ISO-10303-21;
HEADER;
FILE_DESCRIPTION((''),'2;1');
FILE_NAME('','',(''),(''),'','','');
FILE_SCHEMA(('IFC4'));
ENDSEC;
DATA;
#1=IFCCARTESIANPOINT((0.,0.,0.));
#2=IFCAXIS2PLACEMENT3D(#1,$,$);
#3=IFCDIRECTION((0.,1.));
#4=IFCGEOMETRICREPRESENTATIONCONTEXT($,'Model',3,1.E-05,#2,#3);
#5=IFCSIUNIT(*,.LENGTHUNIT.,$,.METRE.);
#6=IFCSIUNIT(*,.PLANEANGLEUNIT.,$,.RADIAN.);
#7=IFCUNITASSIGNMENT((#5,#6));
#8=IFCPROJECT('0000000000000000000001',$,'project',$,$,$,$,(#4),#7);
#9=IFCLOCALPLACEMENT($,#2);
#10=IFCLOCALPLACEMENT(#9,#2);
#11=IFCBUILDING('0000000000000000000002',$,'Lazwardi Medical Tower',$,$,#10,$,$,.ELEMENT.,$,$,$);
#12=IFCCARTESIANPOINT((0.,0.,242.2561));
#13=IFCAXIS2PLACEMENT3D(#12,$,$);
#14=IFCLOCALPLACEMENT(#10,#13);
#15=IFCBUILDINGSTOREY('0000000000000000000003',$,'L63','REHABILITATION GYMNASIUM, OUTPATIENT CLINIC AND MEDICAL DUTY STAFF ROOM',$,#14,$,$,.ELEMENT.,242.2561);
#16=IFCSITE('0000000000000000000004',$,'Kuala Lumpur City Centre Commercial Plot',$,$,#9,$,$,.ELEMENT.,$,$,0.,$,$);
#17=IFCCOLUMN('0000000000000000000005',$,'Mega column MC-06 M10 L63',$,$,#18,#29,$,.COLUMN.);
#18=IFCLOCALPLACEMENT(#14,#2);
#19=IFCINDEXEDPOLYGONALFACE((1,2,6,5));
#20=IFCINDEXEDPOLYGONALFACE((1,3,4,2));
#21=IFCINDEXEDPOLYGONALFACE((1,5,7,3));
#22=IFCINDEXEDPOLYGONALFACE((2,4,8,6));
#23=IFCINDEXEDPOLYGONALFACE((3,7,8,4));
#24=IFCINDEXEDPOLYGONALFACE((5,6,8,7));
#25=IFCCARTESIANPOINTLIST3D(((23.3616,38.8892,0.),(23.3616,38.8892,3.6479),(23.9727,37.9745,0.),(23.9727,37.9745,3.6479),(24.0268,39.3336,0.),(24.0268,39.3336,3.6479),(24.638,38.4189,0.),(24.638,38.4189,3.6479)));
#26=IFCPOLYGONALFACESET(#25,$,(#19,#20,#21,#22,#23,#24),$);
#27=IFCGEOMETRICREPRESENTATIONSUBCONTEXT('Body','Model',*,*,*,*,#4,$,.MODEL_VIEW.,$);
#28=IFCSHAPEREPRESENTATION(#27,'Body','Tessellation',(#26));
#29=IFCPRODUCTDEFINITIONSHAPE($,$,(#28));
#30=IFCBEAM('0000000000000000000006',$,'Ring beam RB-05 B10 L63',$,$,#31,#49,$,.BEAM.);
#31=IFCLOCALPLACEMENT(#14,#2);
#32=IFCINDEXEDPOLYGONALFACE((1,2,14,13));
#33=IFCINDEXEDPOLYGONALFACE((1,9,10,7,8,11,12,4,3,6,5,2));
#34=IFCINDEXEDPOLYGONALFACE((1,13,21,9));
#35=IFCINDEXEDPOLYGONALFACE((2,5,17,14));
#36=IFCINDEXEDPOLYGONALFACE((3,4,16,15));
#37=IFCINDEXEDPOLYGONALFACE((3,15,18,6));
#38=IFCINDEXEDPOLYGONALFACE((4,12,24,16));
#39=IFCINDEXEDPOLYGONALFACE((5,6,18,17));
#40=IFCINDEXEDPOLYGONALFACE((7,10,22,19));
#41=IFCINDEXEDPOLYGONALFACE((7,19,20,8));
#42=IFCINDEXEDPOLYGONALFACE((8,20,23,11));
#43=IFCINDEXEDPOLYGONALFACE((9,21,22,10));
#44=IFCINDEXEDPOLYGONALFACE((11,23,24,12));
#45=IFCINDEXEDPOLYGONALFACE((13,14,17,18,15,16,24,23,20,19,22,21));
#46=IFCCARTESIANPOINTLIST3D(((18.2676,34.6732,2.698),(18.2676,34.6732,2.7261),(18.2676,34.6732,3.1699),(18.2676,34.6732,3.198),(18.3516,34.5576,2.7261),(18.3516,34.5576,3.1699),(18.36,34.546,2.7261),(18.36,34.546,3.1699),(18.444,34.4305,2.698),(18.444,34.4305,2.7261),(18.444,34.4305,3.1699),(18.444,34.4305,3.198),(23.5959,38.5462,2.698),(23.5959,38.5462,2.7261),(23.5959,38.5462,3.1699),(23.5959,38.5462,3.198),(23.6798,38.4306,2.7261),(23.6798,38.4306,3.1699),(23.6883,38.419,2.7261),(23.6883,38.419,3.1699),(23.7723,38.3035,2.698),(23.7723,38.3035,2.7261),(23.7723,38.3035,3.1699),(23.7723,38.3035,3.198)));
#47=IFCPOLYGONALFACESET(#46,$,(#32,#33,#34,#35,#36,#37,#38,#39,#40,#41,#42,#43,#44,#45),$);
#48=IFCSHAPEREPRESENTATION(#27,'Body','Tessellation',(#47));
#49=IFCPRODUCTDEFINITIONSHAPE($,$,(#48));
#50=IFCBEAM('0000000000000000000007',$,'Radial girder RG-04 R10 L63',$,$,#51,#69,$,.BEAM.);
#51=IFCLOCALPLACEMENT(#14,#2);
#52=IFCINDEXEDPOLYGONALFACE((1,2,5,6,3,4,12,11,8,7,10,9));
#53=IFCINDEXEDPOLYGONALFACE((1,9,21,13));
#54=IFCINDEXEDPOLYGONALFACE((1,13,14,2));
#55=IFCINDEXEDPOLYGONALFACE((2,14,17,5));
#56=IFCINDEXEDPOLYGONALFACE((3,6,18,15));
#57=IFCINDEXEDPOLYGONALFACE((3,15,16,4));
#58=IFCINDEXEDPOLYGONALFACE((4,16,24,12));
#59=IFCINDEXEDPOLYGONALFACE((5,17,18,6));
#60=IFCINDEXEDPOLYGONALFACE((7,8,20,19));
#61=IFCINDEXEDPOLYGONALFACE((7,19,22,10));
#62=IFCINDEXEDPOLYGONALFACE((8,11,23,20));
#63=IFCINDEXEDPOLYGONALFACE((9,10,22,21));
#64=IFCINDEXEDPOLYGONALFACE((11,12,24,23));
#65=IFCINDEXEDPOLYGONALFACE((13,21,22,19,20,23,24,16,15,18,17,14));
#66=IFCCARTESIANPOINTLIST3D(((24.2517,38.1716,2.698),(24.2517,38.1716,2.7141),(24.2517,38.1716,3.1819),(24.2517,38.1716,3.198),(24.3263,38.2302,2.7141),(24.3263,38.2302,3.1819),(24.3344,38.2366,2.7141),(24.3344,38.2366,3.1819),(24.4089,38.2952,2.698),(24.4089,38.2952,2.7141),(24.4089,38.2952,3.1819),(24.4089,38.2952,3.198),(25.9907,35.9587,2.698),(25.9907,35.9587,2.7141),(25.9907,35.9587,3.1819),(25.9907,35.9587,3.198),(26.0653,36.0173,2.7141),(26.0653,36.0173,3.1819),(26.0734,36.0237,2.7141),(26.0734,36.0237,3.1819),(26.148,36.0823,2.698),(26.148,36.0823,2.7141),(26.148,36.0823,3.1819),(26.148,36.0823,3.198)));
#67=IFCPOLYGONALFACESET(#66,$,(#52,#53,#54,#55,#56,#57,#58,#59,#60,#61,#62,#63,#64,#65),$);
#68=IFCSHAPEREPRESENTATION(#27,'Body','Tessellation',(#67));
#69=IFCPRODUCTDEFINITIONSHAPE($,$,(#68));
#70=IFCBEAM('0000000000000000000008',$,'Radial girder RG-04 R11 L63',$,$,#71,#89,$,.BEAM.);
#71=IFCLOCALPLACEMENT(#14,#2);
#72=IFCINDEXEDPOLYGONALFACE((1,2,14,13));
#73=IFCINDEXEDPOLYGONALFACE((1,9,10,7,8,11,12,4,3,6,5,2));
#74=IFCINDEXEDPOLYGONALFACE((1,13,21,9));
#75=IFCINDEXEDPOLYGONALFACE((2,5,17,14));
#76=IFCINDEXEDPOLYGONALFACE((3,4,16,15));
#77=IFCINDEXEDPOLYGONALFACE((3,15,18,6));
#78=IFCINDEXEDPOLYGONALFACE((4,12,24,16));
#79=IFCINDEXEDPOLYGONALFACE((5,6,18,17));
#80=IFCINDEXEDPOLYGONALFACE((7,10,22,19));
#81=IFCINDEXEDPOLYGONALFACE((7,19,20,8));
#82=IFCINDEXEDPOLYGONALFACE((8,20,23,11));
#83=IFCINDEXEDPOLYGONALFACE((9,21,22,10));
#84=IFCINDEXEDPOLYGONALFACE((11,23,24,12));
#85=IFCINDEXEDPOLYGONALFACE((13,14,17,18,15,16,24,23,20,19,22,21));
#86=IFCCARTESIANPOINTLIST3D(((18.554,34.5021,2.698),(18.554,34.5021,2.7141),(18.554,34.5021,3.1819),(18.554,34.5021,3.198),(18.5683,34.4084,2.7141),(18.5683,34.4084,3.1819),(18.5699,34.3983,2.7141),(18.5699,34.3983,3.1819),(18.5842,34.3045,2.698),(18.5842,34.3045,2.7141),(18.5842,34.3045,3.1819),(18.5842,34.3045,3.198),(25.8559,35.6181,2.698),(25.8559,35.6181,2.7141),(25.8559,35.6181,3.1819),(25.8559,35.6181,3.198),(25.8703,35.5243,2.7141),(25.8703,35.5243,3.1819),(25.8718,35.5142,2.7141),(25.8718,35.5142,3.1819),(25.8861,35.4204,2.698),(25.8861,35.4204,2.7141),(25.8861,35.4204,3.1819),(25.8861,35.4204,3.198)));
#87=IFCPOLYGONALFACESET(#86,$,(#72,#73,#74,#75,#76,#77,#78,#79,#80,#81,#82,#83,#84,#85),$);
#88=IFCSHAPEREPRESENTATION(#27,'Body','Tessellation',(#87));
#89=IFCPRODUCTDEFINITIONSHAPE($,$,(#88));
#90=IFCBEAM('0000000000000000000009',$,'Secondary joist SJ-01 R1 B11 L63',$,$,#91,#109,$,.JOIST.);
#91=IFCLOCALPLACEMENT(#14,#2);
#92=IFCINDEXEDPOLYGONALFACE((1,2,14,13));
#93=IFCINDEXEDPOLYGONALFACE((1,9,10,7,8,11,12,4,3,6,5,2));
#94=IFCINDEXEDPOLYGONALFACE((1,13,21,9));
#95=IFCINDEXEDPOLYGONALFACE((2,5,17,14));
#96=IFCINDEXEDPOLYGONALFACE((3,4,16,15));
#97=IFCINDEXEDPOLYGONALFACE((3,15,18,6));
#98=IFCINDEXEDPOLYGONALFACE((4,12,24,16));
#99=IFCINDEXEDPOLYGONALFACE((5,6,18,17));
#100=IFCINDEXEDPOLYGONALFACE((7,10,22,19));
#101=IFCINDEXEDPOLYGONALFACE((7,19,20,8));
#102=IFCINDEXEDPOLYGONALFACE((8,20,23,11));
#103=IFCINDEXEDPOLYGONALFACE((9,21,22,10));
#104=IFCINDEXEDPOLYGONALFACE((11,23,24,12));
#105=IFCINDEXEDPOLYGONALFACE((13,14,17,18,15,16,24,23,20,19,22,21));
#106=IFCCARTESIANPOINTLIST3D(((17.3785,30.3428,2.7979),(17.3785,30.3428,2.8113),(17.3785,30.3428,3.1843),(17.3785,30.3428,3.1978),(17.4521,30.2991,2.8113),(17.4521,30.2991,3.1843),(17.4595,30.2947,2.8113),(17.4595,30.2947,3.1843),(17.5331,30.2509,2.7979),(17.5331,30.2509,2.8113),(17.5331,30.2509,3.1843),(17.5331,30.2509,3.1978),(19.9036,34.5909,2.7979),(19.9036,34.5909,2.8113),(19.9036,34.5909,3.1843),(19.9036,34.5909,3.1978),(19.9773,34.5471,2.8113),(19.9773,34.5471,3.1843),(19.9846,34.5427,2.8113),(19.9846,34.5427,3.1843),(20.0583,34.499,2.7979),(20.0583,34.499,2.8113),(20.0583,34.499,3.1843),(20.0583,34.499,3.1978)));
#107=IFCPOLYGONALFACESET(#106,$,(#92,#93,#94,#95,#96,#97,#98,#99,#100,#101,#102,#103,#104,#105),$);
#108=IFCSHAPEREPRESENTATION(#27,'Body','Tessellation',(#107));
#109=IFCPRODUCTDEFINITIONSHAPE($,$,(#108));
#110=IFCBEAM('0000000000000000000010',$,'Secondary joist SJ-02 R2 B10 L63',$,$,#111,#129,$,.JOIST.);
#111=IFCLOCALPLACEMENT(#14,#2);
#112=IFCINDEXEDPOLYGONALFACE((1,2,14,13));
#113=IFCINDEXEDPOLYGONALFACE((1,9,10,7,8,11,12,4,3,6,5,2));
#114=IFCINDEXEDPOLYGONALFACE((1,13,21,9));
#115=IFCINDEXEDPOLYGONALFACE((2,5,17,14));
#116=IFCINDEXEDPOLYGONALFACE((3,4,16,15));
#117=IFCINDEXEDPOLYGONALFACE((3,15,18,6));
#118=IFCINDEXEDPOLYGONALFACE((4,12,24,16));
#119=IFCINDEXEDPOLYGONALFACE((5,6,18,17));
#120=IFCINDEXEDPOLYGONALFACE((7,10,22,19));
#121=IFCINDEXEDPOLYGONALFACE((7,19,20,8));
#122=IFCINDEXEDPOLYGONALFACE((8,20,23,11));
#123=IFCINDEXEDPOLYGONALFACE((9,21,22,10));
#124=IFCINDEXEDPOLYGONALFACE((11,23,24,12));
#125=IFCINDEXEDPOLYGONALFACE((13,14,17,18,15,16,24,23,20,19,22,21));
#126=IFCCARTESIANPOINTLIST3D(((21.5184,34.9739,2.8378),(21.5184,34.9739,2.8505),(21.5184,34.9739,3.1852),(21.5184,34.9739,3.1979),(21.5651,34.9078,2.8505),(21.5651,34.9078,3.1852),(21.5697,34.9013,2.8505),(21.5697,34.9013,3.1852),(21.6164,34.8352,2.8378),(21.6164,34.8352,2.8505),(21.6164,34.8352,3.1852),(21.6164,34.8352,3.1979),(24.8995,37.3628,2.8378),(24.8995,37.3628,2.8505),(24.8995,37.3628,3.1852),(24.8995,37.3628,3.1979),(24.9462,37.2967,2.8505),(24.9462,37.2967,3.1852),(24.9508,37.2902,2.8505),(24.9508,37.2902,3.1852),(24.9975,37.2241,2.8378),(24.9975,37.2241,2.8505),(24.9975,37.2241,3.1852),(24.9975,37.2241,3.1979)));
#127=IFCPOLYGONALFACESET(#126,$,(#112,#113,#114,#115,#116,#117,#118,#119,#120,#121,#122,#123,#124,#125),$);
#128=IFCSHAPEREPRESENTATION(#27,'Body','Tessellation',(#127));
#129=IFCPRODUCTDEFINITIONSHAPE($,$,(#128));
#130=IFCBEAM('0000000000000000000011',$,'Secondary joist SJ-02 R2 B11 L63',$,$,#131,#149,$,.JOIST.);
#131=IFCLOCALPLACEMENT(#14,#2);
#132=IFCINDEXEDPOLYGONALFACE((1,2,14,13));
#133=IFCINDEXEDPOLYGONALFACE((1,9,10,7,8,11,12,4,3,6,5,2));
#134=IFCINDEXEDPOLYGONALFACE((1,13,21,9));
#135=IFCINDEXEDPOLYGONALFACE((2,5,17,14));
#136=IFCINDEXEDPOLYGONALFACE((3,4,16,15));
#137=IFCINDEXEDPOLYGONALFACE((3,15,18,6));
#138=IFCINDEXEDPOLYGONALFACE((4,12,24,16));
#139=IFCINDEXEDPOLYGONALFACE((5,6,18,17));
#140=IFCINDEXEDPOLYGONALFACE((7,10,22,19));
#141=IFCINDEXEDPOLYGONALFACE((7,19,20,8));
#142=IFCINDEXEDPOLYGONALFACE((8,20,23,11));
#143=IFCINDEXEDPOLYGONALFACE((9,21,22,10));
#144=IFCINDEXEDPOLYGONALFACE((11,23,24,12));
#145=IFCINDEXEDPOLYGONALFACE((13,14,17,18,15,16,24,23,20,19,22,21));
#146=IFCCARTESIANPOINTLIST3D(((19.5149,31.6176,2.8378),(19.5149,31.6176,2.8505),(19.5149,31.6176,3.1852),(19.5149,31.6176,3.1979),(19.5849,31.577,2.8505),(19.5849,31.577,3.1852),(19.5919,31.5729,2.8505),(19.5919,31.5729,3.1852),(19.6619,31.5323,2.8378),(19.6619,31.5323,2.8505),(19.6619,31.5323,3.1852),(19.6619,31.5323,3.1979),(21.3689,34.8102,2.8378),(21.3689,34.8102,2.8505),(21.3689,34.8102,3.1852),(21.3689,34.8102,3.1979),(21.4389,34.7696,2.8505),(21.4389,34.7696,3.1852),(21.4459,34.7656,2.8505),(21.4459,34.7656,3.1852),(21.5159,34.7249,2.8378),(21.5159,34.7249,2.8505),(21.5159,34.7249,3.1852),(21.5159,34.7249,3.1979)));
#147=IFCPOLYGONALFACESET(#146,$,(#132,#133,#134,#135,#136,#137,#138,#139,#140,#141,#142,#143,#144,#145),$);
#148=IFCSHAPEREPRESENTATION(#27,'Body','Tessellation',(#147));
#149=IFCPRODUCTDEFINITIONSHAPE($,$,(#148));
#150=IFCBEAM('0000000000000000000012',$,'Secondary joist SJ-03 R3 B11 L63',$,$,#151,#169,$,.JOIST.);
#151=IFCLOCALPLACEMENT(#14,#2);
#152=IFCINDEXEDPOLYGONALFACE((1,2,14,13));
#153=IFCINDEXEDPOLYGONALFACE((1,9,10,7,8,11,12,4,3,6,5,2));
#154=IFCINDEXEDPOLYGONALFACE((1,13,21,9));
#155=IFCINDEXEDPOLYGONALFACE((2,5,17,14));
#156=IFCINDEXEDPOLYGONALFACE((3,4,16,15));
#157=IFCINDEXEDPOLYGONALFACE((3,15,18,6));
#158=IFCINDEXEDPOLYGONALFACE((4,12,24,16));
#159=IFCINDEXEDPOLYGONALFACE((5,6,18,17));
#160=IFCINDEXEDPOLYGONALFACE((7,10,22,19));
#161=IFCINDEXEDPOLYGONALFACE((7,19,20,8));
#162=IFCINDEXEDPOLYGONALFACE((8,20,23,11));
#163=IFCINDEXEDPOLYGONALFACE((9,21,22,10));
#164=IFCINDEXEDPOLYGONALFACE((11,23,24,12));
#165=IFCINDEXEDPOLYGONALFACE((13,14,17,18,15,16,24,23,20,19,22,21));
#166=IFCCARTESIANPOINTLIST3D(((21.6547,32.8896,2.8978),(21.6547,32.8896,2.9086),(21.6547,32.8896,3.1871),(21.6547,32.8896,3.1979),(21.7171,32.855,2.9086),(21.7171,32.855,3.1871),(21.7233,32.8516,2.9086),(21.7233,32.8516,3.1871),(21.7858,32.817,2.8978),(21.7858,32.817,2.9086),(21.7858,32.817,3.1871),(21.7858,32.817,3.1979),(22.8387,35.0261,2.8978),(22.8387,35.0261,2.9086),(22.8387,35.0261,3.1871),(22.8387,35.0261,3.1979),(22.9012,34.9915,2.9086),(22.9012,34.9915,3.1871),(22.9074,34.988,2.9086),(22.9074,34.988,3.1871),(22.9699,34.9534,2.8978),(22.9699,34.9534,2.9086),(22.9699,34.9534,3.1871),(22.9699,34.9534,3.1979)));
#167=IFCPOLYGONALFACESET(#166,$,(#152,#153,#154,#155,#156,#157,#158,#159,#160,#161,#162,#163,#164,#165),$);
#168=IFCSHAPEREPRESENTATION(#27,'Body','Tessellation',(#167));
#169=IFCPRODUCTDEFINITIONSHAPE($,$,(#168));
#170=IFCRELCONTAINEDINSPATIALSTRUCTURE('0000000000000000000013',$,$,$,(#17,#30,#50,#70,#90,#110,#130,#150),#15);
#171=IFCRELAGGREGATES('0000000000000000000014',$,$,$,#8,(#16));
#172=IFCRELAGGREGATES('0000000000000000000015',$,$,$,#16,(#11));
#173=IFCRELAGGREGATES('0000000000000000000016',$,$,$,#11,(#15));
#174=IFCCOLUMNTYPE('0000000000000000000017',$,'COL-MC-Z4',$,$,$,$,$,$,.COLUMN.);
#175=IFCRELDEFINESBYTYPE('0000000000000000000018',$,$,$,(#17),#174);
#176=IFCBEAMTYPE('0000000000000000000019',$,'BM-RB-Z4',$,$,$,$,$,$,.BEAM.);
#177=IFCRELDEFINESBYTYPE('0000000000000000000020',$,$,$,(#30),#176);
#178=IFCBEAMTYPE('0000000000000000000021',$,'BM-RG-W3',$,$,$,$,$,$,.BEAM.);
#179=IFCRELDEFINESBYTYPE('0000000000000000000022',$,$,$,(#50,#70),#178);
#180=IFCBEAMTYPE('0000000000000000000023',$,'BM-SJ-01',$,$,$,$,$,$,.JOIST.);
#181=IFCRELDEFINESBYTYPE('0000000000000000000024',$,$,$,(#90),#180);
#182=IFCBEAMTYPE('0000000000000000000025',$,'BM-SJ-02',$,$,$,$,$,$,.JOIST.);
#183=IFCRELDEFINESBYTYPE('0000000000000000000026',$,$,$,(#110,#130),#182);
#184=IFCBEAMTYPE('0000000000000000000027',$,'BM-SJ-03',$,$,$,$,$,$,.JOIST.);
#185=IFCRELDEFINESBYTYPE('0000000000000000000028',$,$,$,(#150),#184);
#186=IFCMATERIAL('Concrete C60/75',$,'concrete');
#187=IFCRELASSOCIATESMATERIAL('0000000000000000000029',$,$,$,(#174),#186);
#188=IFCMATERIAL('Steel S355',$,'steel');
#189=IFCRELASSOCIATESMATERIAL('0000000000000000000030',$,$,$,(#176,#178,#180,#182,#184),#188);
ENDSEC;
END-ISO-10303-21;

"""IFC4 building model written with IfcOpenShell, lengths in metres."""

from ifc_helpers import new_model, si_unit, direction, frame, origin, origin_2d, place, context, subcontext, project, spatial, rectangle, i_section, extrude, material, material_profile, profile_set, type_object, element, save


model = new_model("IFC4")

# Units and contexts
model_context = context("Model", 3, precision=1e-05, world=origin(), true_north=direction((0.0, 1.0)))
body_context = subcontext(model_context, "Body", "Model", "MODEL_VIEW")
ifc_project = project(units=[si_unit("LENGTHUNIT", "METRE"), si_unit("PLANEANGLEUNIT", "RADIAN")], contexts=[model_context])

# Site, building, storey
site_placement = place(None, origin())
site = spatial("IfcSite", under=ifc_project, at=site_placement, Name="Kuala Lumpur City Centre Commercial Plot", CompositionType="ELEMENT", RefElevation=0.0)
building_placement = place(site_placement, origin())
building = spatial("IfcBuilding", under=site, at=building_placement, Name="Lazwardi Medical Tower", CompositionType="ELEMENT")
storey_placement = place(building_placement, frame((0.0, 0.0, 242.2561)))
storey = spatial("IfcBuildingStorey", under=building, at=storey_placement, Name="L63", Description="REHABILITATION GYMNASIUM, OUTPATIENT CLINIC AND MEDICAL DUTY STAFF ROOM", CompositionType="ELEMENT", Elevation=242.2561)

# Column
ifc_material_1 = material(Name="Concrete C60/75", Category="concrete")
ifc_material_profile_1 = material_profile(ifc_material_1, rectangle(XDim=1.1001, YDim=0.8, at=origin_2d()), Name="CFT-RECT 1100x800")
ifc_profile_set_1 = profile_set([ifc_material_profile_1], Name="Concrete C60/75")
column_type = type_object("IfcColumnType", Name="COL-MC-Z4", PredefinedType="COLUMN", material=ifc_profile_set_1)
column_placement = place(storey_placement, frame((23.9998, 38.6541, 0.0), z_axis=(0.0, 0.0, 1.0), x_axis=(-0.55557, 0.83147, 0.0)))
element("IfcColumn", 1, at=column_placement, inside=storey, type_object=column_type, Name="Mega column MC-06 M10 L63", PredefinedType="COLUMN", context=body_context, shape_type="SweptSolid", body=[
    extrude(rectangle(XDim=1.1001, YDim=0.8, at=origin_2d()), origin(), (0.0, 0.0, 1.0), 3.6479),
])

# Beams
ifc_material_2 = material(Name="Steel S355", Category="steel")
ifc_material_profile_2 = material_profile(ifc_material_2, i_section(OverallWidth=0.3, OverallDepth=0.5, WebThickness=0.0144, FlangeThickness=0.0281, at=origin_2d()), Name="HEB 500")
ifc_profile_set_2 = profile_set([ifc_material_profile_2], Name="Steel S355")
beam_type_1 = type_object("IfcBeamType", Name="BM-RB-Z4", PredefinedType="BEAM", material=ifc_profile_set_2)
beam_1_placement = place(storey_placement, frame((23.6841, 38.4248, 2.948), z_axis=(-0.80889, -0.58796, 0.0), x_axis=(0.58796, -0.80889, 0.0)))
element("IfcBeam", 2, at=beam_1_placement, inside=storey, type_object=beam_type_1, Name="Ring beam RB-05 B10 L63", PredefinedType="BEAM", context=body_context, shape_type="SweptSolid", body=[
    extrude(i_section(OverallWidth=0.3, OverallDepth=0.5, WebThickness=0.0144, FlangeThickness=0.0281, at=origin_2d()), origin(), (0.0, 0.0, 1.0), 6.5872),
])
ifc_material_profile_3 = material_profile(ifc_material_2, i_section(OverallWidth=0.2, OverallDepth=0.5, WebThickness=0.0103, FlangeThickness=0.0161, at=origin_2d()), Name="IPE 500")
ifc_profile_set_3 = profile_set([ifc_material_profile_3], Name="Steel S355")
beam_type_2 = type_object("IfcBeamType", Name="BM-RG-W3", PredefinedType="BEAM", material=ifc_profile_set_3)
beam_2_placement = place(storey_placement, frame((24.3303, 38.2334, 2.948), z_axis=(0.617891, -0.786264, 0.0), x_axis=(0.786264, 0.617891, 0.0)))
element("IfcBeam", 3, at=beam_2_placement, inside=storey, type_object=beam_type_2, Name="Radial girder RG-04 R10 L63", PredefinedType="BEAM", context=body_context, shape_type="SweptSolid", body=[
    extrude(i_section(OverallWidth=0.2, OverallDepth=0.5, WebThickness=0.0103, FlangeThickness=0.0161, at=origin_2d()), origin(), (0.0, 0.0, 1.0), 2.8145),
])
beam_3_placement = place(storey_placement, frame((18.5691, 34.4033, 2.948), z_axis=(0.988522, 0.151076, 0.0), x_axis=(-0.151076, 0.988522, 0.0)))
element("IfcBeam", 4, at=beam_3_placement, inside=storey, type_object=beam_type_2, Name="Radial girder RG-04 R11 L63", PredefinedType="BEAM", context=body_context, shape_type="SweptSolid", body=[
    extrude(i_section(OverallWidth=0.2, OverallDepth=0.5, WebThickness=0.0103, FlangeThickness=0.0161, at=origin_2d()), origin(), (0.0, 0.0, 1.0), 7.3867),
])
ifc_material_profile_4 = material_profile(ifc_material_2, i_section(OverallWidth=0.1799, OverallDepth=0.3999, WebThickness=0.0085, FlangeThickness=0.0134, at=origin_2d()), Name="IPE 400")
ifc_profile_set_4 = profile_set([ifc_material_profile_4], Name="Steel S355")
beam_type_3 = type_object("IfcBeamType", Name="BM-SJ-01", PredefinedType="JOIST", material=ifc_profile_set_4)
beam_4_placement = place(storey_placement, frame((19.981, 34.5449, 2.9978), z_axis=(-0.510968, -0.8596, 0.0), x_axis=(0.8596, -0.510968, 0.0)))
element("IfcBeam", 5, at=beam_4_placement, inside=storey, type_object=beam_type_3, Name="Secondary joist SJ-01 R1 B11 L63", PredefinedType="JOIST", context=body_context, shape_type="SweptSolid", body=[
    extrude(i_section(OverallWidth=0.1799, OverallDepth=0.3999, WebThickness=0.0085, FlangeThickness=0.0134, at=origin_2d()), origin(), (0.0, 0.0, 1.0), 4.9419),
])
ifc_material_profile_5 = material_profile(ifc_material_2, i_section(OverallWidth=0.1699, OverallDepth=0.3601, WebThickness=0.0081, FlangeThickness=0.0127, at=origin_2d()), Name="IPE 360")
ifc_profile_set_5 = profile_set([ifc_material_profile_5], Name="Steel S355")
beam_type_4 = type_object("IfcBeamType", Name="BM-SJ-02", PredefinedType="JOIST", material=ifc_profile_set_5)
beam_5_placement = place(storey_placement, frame((24.9485, 37.2935, 3.0178), z_axis=(-0.816711, -0.577047, 0.0), x_axis=(0.577047, -0.816711, 0.0)))
element("IfcBeam", 6, at=beam_5_placement, inside=storey, type_object=beam_type_4, Name="Secondary joist SJ-02 R2 B10 L63", PredefinedType="JOIST", context=body_context, shape_type="SweptSolid", body=[
    extrude(i_section(OverallWidth=0.1699, OverallDepth=0.3601, WebThickness=0.0081, FlangeThickness=0.0127, at=origin_2d()), origin(), (0.0, 0.0, 1.0), 4.1399),
])
beam_6_placement = place(storey_placement, frame((21.4424, 34.7676, 3.0178), z_axis=(-0.50218, -0.864763, 0.0), x_axis=(0.864763, -0.50218, 0.0)))
element("IfcBeam", 7, at=beam_6_placement, inside=storey, type_object=beam_type_4, Name="Secondary joist SJ-02 R2 B11 L63", PredefinedType="JOIST", context=body_context, shape_type="SweptSolid", body=[
    extrude(i_section(OverallWidth=0.1699, OverallDepth=0.3601, WebThickness=0.0081, FlangeThickness=0.0127, at=origin_2d()), origin(), (0.0, 0.0, 1.0), 3.6919),
])
ifc_material_profile_6 = material_profile(ifc_material_2, i_section(OverallWidth=0.1499, OverallDepth=0.3, WebThickness=0.0071, FlangeThickness=0.0107, at=origin_2d()), Name="IPE 300")
ifc_profile_set_6 = profile_set([ifc_material_profile_6], Name="Steel S355")
beam_type_5 = type_object("IfcBeamType", Name="BM-SJ-03", PredefinedType="JOIST", material=ifc_profile_set_6)
beam_7_placement = place(storey_placement, frame((22.9043, 34.9897, 3.0479), z_axis=(-0.484752, -0.874652, 0.0), x_axis=(0.874652, -0.484752, 0.0)))
element("IfcBeam", 8, at=beam_7_placement, inside=storey, type_object=beam_type_5, Name="Secondary joist SJ-03 R3 B11 L63", PredefinedType="JOIST", context=body_context, shape_type="SweptSolid", body=[
    extrude(i_section(OverallWidth=0.1499, OverallDepth=0.3, WebThickness=0.0071, FlangeThickness=0.0107, at=origin_2d()), origin(), (0.0, 0.0, 1.0), 2.4426),
])

save(model, "model.ifc")
